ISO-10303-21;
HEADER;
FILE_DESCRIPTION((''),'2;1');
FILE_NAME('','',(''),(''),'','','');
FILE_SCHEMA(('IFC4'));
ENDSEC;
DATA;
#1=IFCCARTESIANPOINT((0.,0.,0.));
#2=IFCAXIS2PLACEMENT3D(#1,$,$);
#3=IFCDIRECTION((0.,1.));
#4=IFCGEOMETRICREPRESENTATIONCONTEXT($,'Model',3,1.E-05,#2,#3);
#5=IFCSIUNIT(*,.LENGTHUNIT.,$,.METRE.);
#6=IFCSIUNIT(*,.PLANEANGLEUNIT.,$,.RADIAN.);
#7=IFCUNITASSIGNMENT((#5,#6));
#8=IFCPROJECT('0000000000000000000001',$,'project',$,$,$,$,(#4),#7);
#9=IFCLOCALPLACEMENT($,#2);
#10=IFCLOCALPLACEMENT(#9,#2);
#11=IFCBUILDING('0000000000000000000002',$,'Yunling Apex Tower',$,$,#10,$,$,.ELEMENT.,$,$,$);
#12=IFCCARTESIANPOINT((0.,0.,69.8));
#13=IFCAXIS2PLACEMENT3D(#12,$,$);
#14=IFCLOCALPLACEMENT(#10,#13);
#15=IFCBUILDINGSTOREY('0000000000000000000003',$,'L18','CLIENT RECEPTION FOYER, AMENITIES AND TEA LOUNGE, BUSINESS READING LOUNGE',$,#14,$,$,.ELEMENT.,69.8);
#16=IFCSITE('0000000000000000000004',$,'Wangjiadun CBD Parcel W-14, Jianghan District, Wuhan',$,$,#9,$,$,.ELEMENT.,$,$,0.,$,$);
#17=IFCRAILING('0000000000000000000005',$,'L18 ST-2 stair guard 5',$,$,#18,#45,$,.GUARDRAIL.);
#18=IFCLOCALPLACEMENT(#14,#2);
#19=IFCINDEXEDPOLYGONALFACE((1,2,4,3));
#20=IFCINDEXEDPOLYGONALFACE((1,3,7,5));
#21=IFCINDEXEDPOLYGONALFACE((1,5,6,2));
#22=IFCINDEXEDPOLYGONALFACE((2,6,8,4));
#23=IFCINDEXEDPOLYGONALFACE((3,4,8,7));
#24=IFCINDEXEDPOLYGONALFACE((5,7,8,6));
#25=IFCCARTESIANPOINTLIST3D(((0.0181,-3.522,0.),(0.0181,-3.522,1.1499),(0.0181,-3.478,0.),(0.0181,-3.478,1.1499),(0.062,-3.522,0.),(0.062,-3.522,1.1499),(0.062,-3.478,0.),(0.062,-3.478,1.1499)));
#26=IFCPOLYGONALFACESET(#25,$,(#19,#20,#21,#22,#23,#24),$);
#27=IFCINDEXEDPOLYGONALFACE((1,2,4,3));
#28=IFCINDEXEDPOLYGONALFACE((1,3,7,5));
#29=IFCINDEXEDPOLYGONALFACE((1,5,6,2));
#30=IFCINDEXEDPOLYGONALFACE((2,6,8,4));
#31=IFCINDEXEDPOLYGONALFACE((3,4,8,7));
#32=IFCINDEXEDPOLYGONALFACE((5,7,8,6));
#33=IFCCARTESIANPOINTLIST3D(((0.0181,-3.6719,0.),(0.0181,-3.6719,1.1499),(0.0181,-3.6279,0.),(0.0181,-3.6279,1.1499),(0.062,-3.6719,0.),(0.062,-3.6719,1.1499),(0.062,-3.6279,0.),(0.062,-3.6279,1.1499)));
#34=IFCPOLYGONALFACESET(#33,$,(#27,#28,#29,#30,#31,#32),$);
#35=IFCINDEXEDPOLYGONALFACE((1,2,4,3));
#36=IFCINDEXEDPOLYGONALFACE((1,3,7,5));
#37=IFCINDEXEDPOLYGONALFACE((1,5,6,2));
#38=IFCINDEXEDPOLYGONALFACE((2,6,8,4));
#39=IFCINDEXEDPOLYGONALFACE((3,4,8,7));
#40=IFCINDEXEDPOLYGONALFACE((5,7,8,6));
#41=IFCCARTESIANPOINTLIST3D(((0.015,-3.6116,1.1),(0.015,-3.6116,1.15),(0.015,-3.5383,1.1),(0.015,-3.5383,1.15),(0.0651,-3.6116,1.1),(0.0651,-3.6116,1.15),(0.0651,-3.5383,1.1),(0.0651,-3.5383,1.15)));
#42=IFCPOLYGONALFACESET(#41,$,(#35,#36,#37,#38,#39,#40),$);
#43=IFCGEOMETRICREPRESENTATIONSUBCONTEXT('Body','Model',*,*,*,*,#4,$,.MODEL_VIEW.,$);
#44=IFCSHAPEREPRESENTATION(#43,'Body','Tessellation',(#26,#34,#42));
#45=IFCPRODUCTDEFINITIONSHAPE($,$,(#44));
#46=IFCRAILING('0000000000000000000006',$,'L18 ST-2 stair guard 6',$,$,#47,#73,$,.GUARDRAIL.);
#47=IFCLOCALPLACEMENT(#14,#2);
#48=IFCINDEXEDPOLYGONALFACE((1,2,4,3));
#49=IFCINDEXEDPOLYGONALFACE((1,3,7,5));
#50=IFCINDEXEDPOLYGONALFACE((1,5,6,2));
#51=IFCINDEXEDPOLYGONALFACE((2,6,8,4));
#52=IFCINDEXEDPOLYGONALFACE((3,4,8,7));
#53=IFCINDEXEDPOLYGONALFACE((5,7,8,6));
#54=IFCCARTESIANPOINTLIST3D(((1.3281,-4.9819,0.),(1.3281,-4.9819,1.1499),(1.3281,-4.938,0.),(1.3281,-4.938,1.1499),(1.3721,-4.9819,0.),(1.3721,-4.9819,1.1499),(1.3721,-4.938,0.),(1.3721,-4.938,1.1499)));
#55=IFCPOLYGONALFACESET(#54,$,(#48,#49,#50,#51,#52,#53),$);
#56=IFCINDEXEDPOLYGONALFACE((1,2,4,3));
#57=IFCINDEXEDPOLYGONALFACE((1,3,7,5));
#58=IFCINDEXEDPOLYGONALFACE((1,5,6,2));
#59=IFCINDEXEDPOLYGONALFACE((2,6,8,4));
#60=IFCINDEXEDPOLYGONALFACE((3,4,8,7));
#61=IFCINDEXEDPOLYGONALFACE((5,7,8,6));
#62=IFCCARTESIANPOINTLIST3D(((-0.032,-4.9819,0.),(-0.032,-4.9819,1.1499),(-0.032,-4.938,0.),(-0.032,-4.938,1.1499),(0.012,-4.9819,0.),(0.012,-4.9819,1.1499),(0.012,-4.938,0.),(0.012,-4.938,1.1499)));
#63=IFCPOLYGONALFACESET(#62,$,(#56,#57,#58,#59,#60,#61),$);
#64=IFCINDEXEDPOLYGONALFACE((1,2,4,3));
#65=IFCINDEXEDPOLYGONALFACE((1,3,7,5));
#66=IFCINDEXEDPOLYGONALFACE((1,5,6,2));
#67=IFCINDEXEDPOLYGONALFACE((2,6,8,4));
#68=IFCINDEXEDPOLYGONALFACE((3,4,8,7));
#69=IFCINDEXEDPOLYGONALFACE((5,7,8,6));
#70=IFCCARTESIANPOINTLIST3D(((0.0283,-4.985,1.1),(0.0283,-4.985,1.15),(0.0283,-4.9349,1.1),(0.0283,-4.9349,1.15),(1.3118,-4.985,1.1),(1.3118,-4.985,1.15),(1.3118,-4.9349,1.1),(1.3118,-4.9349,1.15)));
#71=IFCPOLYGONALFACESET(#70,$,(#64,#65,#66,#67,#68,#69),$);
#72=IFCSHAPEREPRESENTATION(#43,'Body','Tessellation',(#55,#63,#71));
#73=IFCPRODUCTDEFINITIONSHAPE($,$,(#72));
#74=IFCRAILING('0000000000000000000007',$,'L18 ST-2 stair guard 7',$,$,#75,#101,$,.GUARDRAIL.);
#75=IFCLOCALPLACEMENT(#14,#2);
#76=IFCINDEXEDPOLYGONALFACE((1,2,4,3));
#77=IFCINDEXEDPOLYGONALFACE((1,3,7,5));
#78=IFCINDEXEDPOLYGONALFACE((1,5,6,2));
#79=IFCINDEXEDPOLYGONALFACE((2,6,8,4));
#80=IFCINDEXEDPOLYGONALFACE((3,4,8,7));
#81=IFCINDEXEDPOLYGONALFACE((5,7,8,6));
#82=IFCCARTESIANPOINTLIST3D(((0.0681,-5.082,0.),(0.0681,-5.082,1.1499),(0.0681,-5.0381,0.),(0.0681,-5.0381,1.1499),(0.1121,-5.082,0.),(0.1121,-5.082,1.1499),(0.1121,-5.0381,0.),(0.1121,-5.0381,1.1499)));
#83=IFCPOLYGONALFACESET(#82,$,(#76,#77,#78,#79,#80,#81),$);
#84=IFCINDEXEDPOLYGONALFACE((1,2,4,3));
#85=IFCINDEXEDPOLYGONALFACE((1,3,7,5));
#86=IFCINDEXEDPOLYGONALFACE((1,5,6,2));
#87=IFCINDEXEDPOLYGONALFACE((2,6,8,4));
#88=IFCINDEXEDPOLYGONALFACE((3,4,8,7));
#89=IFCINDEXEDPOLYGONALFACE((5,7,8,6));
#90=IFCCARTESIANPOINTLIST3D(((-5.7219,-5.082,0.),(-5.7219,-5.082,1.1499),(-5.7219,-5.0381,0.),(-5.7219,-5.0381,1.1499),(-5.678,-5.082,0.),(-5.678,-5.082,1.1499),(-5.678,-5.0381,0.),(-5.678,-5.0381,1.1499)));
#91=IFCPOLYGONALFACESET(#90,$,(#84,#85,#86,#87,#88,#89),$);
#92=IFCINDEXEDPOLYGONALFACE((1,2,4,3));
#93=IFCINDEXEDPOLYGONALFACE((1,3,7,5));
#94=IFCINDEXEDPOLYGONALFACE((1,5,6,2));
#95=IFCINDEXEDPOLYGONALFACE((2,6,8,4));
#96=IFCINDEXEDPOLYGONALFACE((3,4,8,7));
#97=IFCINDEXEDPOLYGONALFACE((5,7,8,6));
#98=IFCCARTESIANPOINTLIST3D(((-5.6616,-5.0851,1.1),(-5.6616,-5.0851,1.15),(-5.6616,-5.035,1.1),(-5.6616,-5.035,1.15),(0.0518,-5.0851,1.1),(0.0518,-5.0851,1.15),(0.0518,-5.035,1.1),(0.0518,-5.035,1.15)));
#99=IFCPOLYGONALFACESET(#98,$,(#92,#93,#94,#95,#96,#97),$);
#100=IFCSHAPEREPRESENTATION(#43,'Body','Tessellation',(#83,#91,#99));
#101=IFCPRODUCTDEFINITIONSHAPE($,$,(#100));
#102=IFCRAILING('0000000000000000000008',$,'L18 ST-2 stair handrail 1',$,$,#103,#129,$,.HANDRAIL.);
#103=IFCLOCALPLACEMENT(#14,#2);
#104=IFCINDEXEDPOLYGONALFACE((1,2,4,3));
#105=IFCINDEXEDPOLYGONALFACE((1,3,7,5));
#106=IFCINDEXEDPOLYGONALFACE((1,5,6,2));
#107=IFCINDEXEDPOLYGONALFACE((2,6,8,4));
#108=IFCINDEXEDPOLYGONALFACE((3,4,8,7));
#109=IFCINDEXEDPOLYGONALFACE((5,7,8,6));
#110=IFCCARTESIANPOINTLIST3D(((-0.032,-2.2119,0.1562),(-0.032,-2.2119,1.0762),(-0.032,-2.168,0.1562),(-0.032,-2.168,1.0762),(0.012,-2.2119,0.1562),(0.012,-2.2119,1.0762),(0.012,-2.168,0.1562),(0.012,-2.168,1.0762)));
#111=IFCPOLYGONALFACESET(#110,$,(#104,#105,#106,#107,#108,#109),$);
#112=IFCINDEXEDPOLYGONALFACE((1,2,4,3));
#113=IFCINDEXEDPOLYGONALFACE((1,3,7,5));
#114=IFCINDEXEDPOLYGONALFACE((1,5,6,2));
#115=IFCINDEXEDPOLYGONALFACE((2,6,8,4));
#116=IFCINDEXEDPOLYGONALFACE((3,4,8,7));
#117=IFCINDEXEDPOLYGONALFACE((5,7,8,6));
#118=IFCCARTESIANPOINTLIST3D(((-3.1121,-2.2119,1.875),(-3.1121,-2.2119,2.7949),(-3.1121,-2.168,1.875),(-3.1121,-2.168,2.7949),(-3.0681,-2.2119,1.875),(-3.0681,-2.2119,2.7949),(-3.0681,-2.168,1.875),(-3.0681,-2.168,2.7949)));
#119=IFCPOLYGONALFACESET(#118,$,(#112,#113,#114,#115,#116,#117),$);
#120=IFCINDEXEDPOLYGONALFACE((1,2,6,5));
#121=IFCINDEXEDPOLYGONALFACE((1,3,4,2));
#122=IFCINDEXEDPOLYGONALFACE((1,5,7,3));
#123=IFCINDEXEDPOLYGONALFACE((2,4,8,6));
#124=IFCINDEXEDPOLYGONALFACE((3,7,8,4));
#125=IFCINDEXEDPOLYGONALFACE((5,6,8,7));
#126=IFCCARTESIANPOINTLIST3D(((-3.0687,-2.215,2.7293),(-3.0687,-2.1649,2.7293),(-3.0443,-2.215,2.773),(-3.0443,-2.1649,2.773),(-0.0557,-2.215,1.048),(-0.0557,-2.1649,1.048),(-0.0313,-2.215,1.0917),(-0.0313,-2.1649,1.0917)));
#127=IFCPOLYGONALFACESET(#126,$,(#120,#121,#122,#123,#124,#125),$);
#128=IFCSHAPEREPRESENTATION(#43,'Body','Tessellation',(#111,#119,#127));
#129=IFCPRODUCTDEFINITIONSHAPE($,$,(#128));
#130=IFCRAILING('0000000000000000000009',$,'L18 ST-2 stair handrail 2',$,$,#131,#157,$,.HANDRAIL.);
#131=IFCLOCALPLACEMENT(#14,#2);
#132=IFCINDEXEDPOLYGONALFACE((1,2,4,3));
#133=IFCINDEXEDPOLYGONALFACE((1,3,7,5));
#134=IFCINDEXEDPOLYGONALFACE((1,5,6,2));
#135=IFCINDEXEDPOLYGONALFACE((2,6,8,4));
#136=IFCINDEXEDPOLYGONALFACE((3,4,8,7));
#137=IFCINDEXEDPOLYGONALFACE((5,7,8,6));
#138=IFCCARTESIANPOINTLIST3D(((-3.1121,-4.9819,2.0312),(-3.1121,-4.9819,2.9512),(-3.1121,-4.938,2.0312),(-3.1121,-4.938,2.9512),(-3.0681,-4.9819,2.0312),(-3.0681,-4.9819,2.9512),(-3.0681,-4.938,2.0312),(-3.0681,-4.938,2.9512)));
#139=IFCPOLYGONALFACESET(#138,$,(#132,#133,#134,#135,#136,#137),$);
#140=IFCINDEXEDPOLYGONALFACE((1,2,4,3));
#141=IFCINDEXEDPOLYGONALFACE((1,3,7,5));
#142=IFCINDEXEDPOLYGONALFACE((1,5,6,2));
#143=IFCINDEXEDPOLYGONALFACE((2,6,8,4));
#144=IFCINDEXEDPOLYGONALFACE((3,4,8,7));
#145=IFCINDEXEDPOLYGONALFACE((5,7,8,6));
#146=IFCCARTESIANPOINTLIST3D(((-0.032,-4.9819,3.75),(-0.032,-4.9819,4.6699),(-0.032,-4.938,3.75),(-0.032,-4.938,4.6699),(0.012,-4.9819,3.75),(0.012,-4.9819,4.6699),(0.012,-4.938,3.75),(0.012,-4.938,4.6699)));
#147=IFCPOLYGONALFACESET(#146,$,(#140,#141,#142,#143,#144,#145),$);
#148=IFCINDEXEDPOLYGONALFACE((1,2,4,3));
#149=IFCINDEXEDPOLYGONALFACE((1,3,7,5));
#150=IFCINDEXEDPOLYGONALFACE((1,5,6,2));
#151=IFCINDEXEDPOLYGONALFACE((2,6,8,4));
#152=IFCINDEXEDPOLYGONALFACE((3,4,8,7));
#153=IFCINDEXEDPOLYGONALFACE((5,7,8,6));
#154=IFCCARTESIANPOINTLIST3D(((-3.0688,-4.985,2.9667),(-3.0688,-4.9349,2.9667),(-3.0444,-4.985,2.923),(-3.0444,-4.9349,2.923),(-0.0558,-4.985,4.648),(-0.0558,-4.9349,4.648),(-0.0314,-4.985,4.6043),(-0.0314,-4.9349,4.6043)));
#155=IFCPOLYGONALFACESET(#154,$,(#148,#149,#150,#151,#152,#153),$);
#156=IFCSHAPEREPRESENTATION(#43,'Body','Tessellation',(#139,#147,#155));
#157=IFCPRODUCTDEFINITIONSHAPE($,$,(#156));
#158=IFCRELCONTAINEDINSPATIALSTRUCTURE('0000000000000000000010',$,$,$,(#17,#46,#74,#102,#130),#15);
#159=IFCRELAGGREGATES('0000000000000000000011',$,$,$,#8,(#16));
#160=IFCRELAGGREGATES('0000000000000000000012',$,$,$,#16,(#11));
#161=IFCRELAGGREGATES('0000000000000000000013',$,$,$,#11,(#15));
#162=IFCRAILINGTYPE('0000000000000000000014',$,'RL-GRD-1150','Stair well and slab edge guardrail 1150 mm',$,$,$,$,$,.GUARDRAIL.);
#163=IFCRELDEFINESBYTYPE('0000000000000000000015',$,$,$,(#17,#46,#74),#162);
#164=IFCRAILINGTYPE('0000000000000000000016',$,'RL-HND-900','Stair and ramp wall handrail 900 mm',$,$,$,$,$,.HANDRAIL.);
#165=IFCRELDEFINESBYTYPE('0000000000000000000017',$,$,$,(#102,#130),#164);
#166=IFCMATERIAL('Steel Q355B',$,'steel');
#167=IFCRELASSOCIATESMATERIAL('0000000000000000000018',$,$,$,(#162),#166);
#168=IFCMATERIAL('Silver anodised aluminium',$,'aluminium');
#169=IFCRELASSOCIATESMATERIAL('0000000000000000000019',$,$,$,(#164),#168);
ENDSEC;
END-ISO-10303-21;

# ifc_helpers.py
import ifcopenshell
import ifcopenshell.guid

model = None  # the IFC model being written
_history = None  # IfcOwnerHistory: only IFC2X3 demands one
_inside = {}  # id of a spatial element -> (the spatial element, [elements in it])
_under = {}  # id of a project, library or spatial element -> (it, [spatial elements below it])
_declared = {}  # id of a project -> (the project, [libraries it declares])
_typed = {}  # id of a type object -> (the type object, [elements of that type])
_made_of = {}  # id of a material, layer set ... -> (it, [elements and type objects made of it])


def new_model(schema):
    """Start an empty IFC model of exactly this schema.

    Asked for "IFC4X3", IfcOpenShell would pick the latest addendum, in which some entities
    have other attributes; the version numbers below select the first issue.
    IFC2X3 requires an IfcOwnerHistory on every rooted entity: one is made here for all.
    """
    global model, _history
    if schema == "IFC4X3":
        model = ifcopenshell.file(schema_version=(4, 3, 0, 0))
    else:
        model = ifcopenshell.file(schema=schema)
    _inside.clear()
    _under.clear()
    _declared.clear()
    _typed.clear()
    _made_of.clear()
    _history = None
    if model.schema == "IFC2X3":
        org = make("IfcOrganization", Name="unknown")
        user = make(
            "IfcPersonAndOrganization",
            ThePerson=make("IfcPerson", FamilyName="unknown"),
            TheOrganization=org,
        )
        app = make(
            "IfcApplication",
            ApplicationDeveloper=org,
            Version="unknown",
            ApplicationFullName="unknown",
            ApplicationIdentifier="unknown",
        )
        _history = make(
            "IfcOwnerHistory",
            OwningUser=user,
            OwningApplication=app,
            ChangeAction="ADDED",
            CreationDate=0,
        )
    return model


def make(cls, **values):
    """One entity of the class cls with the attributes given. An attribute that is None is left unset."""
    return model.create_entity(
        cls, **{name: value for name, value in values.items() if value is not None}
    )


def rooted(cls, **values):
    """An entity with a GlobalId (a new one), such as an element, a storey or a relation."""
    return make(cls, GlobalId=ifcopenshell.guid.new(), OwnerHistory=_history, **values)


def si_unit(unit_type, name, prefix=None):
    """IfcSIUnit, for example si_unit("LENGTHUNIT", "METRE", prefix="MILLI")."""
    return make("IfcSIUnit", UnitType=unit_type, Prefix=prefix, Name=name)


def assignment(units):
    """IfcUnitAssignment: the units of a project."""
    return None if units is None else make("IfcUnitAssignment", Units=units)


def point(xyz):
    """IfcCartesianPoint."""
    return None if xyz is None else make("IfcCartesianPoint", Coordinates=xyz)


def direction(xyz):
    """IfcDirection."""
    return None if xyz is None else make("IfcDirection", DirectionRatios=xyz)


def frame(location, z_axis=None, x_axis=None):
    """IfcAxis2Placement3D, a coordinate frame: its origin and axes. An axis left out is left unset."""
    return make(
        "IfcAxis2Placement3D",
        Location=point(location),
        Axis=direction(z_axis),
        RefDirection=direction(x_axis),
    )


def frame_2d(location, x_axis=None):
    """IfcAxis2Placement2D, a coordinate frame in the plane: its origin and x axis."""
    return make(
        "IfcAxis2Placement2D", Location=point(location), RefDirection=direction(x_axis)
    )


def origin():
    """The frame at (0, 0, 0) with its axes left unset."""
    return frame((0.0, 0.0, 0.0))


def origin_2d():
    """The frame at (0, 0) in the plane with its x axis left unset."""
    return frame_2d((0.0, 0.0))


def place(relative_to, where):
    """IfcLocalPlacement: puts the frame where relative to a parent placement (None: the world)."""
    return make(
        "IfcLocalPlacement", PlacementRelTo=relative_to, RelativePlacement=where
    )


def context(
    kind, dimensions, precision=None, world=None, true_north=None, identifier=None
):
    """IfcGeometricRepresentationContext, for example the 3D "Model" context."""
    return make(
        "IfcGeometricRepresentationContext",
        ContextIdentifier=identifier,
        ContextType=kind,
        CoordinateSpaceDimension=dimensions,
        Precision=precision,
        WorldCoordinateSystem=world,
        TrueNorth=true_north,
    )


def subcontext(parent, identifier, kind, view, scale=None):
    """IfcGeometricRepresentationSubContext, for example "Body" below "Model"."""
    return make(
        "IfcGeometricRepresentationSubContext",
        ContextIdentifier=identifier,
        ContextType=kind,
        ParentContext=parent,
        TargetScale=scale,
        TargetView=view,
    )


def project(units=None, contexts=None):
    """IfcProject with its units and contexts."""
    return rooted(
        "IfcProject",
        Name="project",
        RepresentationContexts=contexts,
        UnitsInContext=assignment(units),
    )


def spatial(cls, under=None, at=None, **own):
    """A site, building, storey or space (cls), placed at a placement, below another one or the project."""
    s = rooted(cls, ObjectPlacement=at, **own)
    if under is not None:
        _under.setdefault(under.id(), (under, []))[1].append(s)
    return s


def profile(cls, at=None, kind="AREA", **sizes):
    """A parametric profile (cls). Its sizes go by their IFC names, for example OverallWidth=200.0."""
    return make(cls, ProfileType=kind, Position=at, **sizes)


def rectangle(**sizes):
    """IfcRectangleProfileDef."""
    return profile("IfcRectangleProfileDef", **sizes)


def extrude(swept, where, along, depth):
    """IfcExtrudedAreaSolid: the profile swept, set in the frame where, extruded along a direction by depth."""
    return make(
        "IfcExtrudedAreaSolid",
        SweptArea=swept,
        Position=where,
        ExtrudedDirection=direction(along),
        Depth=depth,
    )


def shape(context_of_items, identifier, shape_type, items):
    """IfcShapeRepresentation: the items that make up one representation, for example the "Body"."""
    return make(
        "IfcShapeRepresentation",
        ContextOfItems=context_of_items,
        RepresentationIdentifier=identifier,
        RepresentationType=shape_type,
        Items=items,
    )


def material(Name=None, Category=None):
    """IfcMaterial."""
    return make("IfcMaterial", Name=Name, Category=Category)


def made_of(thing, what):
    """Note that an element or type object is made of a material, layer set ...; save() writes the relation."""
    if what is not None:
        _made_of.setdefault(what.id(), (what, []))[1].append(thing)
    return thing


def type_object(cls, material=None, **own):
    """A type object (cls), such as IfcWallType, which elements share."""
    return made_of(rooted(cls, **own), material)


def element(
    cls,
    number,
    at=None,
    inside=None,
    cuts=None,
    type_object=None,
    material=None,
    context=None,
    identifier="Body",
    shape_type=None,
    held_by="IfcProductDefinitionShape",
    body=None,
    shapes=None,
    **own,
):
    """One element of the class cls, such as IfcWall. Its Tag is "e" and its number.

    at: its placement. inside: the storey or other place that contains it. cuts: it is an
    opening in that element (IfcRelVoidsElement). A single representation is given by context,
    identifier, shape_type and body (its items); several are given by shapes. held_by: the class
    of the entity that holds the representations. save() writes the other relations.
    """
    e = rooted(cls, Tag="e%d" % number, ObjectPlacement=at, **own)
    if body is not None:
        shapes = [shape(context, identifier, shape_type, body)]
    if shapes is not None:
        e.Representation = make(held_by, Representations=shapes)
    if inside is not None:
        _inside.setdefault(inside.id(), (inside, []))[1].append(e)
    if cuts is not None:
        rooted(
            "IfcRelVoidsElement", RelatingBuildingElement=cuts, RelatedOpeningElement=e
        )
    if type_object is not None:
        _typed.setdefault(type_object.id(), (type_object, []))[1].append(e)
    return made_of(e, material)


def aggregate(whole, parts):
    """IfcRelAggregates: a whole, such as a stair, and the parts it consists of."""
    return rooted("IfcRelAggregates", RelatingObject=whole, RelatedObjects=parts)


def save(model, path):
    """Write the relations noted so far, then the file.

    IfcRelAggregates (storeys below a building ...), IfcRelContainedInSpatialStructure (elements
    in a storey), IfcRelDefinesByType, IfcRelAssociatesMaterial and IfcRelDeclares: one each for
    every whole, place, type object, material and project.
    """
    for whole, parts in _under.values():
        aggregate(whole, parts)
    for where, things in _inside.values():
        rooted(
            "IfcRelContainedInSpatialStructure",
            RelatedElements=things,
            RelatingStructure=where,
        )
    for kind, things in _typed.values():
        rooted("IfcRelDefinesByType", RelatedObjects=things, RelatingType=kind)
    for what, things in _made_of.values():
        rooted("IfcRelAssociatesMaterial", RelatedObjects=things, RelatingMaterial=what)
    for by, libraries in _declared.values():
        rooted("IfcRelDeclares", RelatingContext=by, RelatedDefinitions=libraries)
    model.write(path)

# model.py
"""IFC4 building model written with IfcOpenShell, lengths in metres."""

from ifc_helpers import new_model, si_unit, direction, frame, origin, origin_2d, place, context, subcontext, project, spatial, rectangle, extrude, material, type_object, element, save


model = new_model("IFC4")

# Units and contexts
model_context = context("Model", 3, precision=1e-05, world=origin(), true_north=direction((0.0, 1.0)))
body_context = subcontext(model_context, "Body", "Model", "MODEL_VIEW")
ifc_project = project(units=[si_unit("LENGTHUNIT", "METRE"), si_unit("PLANEANGLEUNIT", "RADIAN")], contexts=[model_context])

# Site, building, storey
site_placement = place(None, origin())
site = spatial("IfcSite", under=ifc_project, at=site_placement, Name="Wangjiadun CBD Parcel W-14, Jianghan District, Wuhan", CompositionType="ELEMENT", RefElevation=0.0)
building_placement = place(site_placement, origin())
building = spatial("IfcBuilding", under=site, at=building_placement, Name="Yunling Apex Tower", CompositionType="ELEMENT")
storey_placement = place(building_placement, frame((0.0, 0.0, 69.8)))
storey = spatial("IfcBuildingStorey", under=building, at=storey_placement, Name="L18", Description="CLIENT RECEPTION FOYER, AMENITIES AND TEA LOUNGE, BUSINESS READING LOUNGE", CompositionType="ELEMENT", Elevation=69.8)

# Shared definitions
ifc_material_1 = material(Name="Steel Q355B", Category="steel")

# Railings
railing_type_1 = type_object("IfcRailingType", Name="RL-GRD-1150", Description="Stair well and slab edge guardrail 1150 mm", PredefinedType="GUARDRAIL", material=ifc_material_1)
railing_1_placement = place(storey_placement, frame((0.04, -3.5, 0.0)))
element("IfcRailing", 1, at=railing_1_placement, inside=storey, type_object=railing_type_1, Name="L18 ST-2 stair guard 5", PredefinedType="GUARDRAIL", context=body_context, shape_type="SweptSolid", body=[
    extrude(rectangle(XDim=0.0439, YDim=0.0439, at=origin_2d()), origin(), (0.0, 0.0, 1.0), 1.1499),
    extrude(rectangle(XDim=0.0439, YDim=0.0439, at=origin_2d()), frame((0.0, -0.1499, 0.0)), (0.0, 0.0, 1.0), 1.1499),
    extrude(rectangle(XDim=0.05, YDim=0.05, at=origin_2d()), frame((0.0, -0.0383, 1.125), z_axis=(0.0, -1.0, 0.0), x_axis=(1.0, 0.0, 0.0)), (0.0, 0.0, 1.0), 0.0732),
])
railing_2_placement = place(storey_placement, frame((1.3501, -4.96, 0.0)))
element("IfcRailing", 2, at=railing_2_placement, inside=storey, type_object=railing_type_1, Name="L18 ST-2 stair guard 6", PredefinedType="GUARDRAIL", context=body_context, shape_type="SweptSolid", body=[
    extrude(rectangle(XDim=0.0439, YDim=0.0439, at=origin_2d()), origin(), (0.0, 0.0, 1.0), 1.1499),
    extrude(rectangle(XDim=0.0439, YDim=0.0439, at=origin_2d()), frame((-1.3601, 0.0, 0.0)), (0.0, 0.0, 1.0), 1.1499),
    extrude(rectangle(XDim=0.05, YDim=0.05, at=origin_2d()), frame((-0.0383, 0.0, 1.125), z_axis=(-1.0, 0.0, 0.0), x_axis=(0.0, -1.0, 0.0)), (0.0, 0.0, 1.0), 1.2834),
])
railing_3_placement = place(storey_placement, frame((0.0901, -5.0601, 0.0)))
element("IfcRailing", 3, at=railing_3_placement, inside=storey, type_object=railing_type_1, Name="L18 ST-2 stair guard 7", PredefinedType="GUARDRAIL", context=body_context, shape_type="SweptSolid", body=[
    extrude(rectangle(XDim=0.0439, YDim=0.0439, at=origin_2d()), origin(), (0.0, 0.0, 1.0), 1.1499),
    extrude(rectangle(XDim=0.0439, YDim=0.0439, at=origin_2d()), frame((-5.79, 0.0, 0.0)), (0.0, 0.0, 1.0), 1.1499),
    extrude(rectangle(XDim=0.05, YDim=0.05, at=origin_2d()), frame((-0.0383, 0.0, 1.125), z_axis=(-1.0, 0.0, 0.0), x_axis=(0.0, -1.0, 0.0)), (0.0, 0.0, 1.0), 5.7134),
])
ifc_material_2 = material(Name="Silver anodised aluminium", Category="aluminium")
railing_type_2 = type_object("IfcRailingType", Name="RL-HND-900", Description="Stair and ramp wall handrail 900 mm", PredefinedType="HANDRAIL", material=ifc_material_2)
railing_4_placement = place(storey_placement, frame((-0.01, -2.1899, 0.1562)))
element("IfcRailing", 4, at=railing_4_placement, inside=storey, type_object=railing_type_2, Name="L18 ST-2 stair handrail 1", PredefinedType="HANDRAIL", context=body_context, shape_type="SweptSolid", body=[
    extrude(rectangle(XDim=0.0439, YDim=0.0439, at=origin_2d()), origin(), (0.0, 0.0, 1.0), 0.9199),
    extrude(rectangle(XDim=0.0439, YDim=0.0439, at=origin_2d()), frame((-3.0801, 0.0, 1.7188)), (0.0, 0.0, 1.0), 0.9199),
    extrude(rectangle(XDim=0.05, YDim=0.05, at=origin_2d()), frame((-0.0334, 0.0, 0.9136), z_axis=(-0.873242, 0.0, 0.487288), x_axis=(0.0, -1.0, 0.0)), (0.0, 0.0, 1.0), 3.4504),
])
railing_5_placement = place(storey_placement, frame((-3.0901, -4.96, 2.0312)))
element("IfcRailing", 5, at=railing_5_placement, inside=storey, type_object=railing_type_2, Name="L18 ST-2 stair handrail 2", PredefinedType="HANDRAIL", context=body_context, shape_type="SweptSolid", body=[
    extrude(rectangle(XDim=0.0439, YDim=0.0439, at=origin_2d()), origin(), (0.0, 0.0, 1.0), 0.9199),
    extrude(rectangle(XDim=0.0439, YDim=0.0439, at=origin_2d()), frame((3.0801, 0.0, 1.7188)), (0.0, 0.0, 1.0), 0.9199),
    extrude(rectangle(XDim=0.05, YDim=0.05, at=origin_2d()), frame((0.0334, 0.0, 0.9136), z_axis=(0.873242, 0.0, 0.487288), x_axis=(0.0, 1.0, 0.0)), (0.0, 0.0, 1.0), 3.4504),
])

save(model, "model.ifc")
